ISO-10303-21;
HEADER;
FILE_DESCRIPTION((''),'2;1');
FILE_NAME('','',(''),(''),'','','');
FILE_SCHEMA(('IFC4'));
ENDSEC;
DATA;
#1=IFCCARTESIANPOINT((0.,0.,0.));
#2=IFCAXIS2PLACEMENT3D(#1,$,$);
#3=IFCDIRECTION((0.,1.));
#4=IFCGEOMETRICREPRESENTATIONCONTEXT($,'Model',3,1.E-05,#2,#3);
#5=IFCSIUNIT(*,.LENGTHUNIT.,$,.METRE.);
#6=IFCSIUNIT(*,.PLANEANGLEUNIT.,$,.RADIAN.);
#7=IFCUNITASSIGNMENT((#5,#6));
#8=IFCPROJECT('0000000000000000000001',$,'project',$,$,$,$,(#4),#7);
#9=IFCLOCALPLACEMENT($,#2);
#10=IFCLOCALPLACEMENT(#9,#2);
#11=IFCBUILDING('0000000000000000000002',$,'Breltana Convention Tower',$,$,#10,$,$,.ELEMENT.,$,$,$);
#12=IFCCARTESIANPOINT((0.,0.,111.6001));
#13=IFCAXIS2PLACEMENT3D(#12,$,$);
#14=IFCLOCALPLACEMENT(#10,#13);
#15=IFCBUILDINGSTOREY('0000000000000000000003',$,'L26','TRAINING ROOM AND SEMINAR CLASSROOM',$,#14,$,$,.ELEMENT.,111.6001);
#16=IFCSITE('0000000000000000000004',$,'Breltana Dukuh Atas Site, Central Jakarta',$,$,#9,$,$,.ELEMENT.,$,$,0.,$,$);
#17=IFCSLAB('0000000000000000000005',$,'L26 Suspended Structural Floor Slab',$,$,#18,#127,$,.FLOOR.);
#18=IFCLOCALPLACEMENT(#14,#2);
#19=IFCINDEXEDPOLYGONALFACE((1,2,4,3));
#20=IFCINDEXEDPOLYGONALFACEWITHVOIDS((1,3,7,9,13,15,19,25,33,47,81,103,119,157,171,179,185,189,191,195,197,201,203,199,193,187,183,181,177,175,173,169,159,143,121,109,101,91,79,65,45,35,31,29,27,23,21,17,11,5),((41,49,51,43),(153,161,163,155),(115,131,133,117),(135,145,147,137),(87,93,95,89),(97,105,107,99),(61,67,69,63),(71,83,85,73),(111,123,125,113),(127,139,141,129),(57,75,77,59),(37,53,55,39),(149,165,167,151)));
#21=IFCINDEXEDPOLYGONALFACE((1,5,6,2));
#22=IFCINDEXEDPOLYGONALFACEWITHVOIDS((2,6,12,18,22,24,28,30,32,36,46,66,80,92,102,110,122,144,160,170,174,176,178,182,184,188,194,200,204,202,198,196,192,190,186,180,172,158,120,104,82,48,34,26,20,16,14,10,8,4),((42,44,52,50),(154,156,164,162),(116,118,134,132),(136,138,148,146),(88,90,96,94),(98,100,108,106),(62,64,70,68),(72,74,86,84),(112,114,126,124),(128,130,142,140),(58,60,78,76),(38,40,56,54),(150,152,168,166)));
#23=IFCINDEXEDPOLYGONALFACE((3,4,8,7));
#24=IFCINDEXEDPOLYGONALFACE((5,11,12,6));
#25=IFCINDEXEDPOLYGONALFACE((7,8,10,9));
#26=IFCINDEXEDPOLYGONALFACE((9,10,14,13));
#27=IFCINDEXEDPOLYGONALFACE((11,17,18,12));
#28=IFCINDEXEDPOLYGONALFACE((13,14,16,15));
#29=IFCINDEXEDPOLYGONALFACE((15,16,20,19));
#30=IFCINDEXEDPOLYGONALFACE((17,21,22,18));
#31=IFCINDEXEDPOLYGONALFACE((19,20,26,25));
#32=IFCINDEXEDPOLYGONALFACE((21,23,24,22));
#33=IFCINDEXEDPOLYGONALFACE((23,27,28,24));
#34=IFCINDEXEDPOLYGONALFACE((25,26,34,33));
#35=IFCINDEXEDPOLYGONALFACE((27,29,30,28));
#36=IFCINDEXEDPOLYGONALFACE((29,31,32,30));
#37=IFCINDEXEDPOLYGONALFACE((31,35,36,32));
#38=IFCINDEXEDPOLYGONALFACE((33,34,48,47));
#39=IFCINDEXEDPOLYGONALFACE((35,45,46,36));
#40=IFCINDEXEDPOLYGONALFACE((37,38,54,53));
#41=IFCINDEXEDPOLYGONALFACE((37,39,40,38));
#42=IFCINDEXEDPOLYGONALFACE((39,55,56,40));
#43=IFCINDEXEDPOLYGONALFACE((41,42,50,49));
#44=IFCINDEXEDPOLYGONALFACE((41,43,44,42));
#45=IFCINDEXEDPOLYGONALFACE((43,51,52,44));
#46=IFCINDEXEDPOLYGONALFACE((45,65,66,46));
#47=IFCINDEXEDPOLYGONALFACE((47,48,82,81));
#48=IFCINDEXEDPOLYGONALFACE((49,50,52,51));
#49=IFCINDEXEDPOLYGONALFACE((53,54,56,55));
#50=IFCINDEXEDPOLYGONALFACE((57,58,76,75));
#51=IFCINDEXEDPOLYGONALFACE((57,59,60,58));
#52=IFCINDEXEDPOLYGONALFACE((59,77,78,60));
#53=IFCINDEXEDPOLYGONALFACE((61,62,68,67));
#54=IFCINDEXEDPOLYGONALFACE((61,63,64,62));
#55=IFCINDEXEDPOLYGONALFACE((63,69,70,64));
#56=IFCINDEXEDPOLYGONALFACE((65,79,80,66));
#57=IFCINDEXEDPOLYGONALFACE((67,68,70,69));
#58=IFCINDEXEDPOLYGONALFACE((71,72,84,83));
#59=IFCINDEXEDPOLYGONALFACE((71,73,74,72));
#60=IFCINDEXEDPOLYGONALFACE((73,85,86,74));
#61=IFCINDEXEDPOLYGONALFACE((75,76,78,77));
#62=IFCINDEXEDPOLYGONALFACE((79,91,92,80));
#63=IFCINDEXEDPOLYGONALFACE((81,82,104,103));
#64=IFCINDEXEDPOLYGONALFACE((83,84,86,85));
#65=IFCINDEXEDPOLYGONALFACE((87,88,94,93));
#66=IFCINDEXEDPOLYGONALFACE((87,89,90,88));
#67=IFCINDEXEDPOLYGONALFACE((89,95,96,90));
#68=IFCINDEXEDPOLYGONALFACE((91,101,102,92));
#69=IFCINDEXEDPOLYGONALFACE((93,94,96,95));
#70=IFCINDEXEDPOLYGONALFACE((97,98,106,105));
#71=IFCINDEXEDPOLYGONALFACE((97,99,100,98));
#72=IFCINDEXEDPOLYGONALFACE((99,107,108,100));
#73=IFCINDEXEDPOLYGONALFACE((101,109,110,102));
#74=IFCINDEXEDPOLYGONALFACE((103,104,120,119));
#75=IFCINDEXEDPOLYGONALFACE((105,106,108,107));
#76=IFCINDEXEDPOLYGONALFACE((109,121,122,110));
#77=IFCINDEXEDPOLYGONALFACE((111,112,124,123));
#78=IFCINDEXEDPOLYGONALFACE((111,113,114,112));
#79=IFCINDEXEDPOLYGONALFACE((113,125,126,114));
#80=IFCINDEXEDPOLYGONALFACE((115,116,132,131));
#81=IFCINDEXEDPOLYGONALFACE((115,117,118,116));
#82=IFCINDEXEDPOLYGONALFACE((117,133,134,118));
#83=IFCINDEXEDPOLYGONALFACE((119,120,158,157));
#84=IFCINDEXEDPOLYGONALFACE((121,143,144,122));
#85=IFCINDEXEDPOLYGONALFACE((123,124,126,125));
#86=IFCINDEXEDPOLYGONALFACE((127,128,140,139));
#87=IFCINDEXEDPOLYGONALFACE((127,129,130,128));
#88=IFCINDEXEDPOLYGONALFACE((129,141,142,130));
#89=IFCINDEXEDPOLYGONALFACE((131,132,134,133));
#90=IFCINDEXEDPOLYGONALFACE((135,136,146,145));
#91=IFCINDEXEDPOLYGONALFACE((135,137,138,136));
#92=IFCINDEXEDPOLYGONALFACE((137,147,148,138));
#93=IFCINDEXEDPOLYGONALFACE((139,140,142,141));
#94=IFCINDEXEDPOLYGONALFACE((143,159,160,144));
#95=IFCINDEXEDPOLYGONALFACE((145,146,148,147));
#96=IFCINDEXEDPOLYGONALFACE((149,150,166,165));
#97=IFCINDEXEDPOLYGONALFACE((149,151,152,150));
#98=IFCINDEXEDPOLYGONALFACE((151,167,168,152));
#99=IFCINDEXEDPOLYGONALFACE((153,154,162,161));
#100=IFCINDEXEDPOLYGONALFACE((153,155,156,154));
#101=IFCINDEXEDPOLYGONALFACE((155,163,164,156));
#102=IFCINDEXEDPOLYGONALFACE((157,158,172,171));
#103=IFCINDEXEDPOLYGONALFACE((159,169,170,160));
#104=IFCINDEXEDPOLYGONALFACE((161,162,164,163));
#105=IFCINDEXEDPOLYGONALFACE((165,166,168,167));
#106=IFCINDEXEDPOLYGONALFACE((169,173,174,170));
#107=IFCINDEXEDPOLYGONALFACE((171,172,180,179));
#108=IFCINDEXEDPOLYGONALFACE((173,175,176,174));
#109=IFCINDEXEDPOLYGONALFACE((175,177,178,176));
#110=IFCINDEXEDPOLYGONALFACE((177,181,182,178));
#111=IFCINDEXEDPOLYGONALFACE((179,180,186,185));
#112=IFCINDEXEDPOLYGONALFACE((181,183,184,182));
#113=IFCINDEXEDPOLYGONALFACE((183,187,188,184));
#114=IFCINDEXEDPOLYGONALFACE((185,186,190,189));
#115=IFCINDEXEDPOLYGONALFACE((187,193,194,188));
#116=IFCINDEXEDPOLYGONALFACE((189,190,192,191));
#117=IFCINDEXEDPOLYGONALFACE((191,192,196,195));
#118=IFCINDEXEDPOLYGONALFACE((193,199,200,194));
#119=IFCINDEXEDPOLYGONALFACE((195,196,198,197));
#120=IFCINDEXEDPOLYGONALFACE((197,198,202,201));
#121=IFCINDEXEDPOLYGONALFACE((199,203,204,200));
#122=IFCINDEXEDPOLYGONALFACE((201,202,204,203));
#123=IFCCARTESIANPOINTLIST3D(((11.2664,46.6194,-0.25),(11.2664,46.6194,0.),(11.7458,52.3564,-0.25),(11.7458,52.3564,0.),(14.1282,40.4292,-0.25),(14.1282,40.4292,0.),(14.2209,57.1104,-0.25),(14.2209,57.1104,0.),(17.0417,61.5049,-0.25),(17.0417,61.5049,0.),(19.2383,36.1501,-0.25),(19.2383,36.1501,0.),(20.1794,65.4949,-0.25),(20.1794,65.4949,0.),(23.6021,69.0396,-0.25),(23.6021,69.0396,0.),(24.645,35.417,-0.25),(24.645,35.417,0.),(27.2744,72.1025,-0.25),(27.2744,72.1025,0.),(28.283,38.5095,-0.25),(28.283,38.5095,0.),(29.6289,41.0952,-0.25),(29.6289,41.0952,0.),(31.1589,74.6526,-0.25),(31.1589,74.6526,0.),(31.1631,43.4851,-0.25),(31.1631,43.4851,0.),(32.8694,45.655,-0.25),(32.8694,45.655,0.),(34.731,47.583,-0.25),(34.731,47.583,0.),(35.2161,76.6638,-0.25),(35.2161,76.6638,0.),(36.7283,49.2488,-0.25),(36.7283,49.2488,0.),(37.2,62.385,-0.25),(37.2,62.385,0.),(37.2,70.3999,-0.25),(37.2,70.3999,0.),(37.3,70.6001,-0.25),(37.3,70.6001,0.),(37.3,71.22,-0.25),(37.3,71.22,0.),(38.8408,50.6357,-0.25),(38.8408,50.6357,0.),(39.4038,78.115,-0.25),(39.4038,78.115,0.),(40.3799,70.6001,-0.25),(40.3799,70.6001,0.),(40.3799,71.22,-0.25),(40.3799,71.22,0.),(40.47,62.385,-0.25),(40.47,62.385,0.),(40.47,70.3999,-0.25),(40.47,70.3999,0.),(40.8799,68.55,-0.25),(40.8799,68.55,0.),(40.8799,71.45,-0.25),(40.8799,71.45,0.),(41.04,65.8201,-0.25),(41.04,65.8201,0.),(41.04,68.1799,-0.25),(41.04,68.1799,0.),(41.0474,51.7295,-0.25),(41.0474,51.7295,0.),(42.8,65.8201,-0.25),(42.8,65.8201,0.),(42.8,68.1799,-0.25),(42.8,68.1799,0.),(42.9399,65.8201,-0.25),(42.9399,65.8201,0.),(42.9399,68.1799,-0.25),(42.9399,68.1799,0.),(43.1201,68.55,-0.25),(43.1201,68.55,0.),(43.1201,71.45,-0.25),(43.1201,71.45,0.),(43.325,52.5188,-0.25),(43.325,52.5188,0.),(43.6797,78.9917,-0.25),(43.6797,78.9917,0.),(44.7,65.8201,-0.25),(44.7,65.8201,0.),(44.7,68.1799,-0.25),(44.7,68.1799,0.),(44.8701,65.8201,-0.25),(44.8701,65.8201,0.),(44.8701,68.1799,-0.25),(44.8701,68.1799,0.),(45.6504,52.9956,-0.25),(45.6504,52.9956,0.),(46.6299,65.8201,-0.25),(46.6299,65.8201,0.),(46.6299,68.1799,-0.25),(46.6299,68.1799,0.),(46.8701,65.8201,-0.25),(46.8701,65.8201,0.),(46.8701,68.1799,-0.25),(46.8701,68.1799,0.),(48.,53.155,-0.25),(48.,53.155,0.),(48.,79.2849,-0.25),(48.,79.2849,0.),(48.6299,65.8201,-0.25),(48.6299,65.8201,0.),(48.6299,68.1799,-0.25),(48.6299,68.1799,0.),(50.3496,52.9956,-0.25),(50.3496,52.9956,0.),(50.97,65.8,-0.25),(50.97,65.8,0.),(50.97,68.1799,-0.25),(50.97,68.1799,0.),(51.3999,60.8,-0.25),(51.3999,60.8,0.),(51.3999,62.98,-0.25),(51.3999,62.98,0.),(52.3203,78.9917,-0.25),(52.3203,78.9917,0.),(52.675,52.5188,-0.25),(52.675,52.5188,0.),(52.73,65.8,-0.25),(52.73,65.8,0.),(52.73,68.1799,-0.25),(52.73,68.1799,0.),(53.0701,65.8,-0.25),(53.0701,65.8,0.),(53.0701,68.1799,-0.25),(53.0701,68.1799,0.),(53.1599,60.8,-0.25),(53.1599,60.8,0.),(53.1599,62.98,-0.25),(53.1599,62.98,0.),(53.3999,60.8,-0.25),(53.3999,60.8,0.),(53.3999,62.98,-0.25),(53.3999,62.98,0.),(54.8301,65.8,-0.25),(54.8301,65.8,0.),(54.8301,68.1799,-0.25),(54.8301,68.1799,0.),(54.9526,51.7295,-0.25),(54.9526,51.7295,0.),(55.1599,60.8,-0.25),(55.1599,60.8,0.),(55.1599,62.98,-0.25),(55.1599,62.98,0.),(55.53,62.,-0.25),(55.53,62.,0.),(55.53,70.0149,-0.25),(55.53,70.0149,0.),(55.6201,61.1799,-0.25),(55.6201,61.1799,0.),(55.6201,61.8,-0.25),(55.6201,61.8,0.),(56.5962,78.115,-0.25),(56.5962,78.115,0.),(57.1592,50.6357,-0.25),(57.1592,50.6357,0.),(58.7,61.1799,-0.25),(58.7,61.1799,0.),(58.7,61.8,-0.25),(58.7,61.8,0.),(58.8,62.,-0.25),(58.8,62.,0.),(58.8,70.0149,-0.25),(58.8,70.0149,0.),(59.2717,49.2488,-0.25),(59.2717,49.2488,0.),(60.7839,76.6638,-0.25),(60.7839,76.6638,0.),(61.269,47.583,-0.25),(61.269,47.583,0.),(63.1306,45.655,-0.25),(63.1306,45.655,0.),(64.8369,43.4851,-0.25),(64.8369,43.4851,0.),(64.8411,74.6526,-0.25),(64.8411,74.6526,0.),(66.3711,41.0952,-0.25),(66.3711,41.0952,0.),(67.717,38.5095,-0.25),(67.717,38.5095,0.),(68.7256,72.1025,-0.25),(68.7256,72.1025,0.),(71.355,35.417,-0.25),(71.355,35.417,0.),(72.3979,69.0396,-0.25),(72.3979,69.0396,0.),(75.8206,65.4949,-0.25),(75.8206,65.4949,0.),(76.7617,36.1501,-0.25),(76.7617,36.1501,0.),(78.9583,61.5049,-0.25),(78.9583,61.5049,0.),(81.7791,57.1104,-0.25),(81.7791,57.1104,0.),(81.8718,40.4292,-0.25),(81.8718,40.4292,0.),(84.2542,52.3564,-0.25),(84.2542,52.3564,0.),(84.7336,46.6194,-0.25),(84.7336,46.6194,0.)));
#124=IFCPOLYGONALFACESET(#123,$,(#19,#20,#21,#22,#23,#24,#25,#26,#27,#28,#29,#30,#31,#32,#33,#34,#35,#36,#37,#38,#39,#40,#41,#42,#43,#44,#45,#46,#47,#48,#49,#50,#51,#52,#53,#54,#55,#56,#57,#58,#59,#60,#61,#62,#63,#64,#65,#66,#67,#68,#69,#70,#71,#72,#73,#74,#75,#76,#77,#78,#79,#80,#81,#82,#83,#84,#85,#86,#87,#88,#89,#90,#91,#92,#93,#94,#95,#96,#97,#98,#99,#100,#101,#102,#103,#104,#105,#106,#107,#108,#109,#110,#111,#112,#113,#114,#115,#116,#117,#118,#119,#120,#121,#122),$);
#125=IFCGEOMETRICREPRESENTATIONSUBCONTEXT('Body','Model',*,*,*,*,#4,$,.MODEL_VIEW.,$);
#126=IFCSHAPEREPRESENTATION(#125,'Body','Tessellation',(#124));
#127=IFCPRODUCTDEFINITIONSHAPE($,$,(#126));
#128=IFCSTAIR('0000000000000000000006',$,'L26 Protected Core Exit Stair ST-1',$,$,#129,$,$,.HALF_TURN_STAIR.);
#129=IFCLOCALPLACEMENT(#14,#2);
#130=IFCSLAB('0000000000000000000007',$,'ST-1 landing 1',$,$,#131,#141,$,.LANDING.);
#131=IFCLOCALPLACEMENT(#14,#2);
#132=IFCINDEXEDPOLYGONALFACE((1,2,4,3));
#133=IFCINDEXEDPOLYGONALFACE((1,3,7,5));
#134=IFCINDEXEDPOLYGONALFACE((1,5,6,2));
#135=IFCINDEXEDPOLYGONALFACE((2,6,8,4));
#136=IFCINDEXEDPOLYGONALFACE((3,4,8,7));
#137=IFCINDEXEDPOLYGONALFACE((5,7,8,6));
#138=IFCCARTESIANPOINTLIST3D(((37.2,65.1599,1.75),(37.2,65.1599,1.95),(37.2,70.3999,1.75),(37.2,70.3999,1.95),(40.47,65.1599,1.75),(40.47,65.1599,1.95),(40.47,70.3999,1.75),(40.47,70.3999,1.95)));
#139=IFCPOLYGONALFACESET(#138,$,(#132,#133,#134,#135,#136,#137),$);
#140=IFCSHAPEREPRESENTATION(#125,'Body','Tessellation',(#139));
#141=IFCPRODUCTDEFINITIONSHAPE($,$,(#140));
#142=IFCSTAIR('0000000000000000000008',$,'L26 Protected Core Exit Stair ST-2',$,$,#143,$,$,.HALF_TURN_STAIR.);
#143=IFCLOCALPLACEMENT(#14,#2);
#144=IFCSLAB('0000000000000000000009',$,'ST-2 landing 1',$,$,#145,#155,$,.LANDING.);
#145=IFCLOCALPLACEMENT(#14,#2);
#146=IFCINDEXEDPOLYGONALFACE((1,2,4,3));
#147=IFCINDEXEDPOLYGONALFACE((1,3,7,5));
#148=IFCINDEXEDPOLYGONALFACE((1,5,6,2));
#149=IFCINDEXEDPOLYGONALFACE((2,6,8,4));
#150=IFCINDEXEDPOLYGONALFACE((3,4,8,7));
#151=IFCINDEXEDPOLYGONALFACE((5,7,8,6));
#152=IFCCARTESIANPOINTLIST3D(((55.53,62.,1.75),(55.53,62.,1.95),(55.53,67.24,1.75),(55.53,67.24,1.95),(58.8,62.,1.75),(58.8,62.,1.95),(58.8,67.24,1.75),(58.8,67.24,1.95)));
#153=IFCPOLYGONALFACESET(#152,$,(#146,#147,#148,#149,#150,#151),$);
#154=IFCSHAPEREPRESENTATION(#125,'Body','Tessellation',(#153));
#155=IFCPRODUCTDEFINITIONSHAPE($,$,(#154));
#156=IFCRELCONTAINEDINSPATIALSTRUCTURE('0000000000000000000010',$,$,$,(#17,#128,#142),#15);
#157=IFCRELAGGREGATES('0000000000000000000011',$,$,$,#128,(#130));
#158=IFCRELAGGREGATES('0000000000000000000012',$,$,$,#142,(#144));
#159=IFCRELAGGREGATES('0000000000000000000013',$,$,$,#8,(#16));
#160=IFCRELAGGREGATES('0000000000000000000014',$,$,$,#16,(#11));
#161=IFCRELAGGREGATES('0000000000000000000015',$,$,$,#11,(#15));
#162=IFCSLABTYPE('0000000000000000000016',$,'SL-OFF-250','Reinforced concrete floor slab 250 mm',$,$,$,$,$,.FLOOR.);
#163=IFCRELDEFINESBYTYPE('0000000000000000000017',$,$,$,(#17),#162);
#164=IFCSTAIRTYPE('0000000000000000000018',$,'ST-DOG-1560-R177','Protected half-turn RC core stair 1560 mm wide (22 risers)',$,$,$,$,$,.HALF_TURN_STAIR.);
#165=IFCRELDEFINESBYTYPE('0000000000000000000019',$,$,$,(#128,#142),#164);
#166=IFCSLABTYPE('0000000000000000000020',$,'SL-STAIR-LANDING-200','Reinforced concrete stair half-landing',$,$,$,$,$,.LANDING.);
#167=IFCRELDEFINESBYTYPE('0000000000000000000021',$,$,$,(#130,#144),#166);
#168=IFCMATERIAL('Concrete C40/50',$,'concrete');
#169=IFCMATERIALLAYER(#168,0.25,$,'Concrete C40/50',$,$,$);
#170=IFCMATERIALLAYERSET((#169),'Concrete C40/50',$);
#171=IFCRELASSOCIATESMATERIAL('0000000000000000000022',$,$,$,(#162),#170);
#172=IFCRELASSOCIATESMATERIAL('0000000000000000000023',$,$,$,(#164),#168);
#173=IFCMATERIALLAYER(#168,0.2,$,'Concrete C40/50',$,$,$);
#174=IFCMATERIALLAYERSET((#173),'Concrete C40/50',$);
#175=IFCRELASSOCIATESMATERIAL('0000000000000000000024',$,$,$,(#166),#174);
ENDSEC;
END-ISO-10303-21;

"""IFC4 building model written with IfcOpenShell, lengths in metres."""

from ifc_helpers import new_model, si_unit, direction, frame, origin, place, context, subcontext, project, spatial, polyline, outline, extrude, material, layer, layer_set, type_object, element, aggregate, save


model = new_model("IFC4")

# Units and contexts
model_context = context("Model", 3, precision=1e-05, world=origin(), true_north=direction((0.0, 1.0)))
body_context = subcontext(model_context, "Body", "Model", "MODEL_VIEW")
ifc_project = project(units=[si_unit("LENGTHUNIT", "METRE"), si_unit("PLANEANGLEUNIT", "RADIAN")], contexts=[model_context])

# Site, building, storey
site_placement = place(None, origin())
site = spatial("IfcSite", under=ifc_project, at=site_placement, Name="Breltana Dukuh Atas Site, Central Jakarta", CompositionType="ELEMENT", RefElevation=0.0)
building_placement = place(site_placement, origin())
building = spatial("IfcBuilding", under=site, at=building_placement, Name="Breltana Convention Tower", CompositionType="ELEMENT")
storey_placement = place(building_placement, frame((0.0, 0.0, 111.6001)))
storey = spatial("IfcBuildingStorey", under=building, at=storey_placement, Name="L26", Description="TRAINING ROOM AND SEMINAR CLASSROOM", CompositionType="ELEMENT", Elevation=111.6001)

# Slab
ifc_material_1 = material(Name="Concrete C40/50", Category="concrete")
ifc_layer_1 = layer(ifc_material_1, 0.25, Name="Concrete C40/50")
ifc_layer_set_1 = layer_set([ifc_layer_1], Name="Concrete C40/50")
slab_type_1 = type_object("IfcSlabType", Name="SL-OFF-250", Description="Reinforced concrete floor slab 250 mm", PredefinedType="FLOOR", material=ifc_layer_set_1)
slab_1_placement = place(storey_placement, frame((0.0, 0.0, -0.25)))
element("IfcSlab", 1, at=slab_1_placement, inside=storey, type_object=slab_type_1, Name="L26 Suspended Structural Floor Slab", PredefinedType="FLOOR", context=body_context, shape_type="SweptSolid", body=[
    extrude(outline(polyline([(84.2542, 52.3564), (81.7791, 57.1104), (78.9583, 61.5049), (75.8206, 65.4949), (72.3979, 69.0396), (68.7256, 72.1025), (64.8411, 74.6526), (60.7839, 76.6638), (56.5962, 78.115), (52.3203, 78.9917), (48.0, 79.2849), (43.6797, 78.9917), (39.4038, 78.115), (35.2161, 76.6638), (31.1589, 74.6526), (27.2744, 72.1025), (23.6021, 69.0396), (20.1794, 65.4949), (17.0417, 61.5049), (14.2209, 57.1104), (11.7458, 52.3564), (11.2664, 46.6194), (14.1282, 40.4292), (19.2383, 36.1501), (24.645, 35.417), (28.283, 38.5095), (29.6289, 41.0952), (31.1631, 43.4851), (32.8694, 45.655), (34.731, 47.583), (36.7283, 49.2488), (38.8408, 50.6357), (41.0474, 51.7295), (43.325, 52.5188), (45.6504, 52.9956), (48.0, 53.155), (50.3496, 52.9956), (52.675, 52.5188), (54.9526, 51.7295), (57.1592, 50.6357), (59.2717, 49.2488), (61.269, 47.583), (63.1306, 45.655), (64.8369, 43.4851), (66.3711, 41.0952), (67.717, 38.5095), (71.355, 35.417), (76.7617, 36.1501), (81.8718, 40.4292), (84.7336, 46.6194), (84.2542, 52.3564)]), holes=[polyline([(37.2, 62.385), (40.47, 62.385), (40.47, 70.3999), (37.2, 70.3999), (37.2, 62.385)]), polyline([(55.53, 62.0), (58.8, 62.0), (58.8, 70.0149), (55.53, 70.0149), (55.53, 62.0)]), polyline([(51.3999, 60.8), (53.1599, 60.8), (53.1599, 62.98), (51.3999, 62.98), (51.3999, 60.8)]), polyline([(53.3999, 60.8), (55.1599, 60.8), (55.1599, 62.98), (53.3999, 62.98), (53.3999, 60.8)]), polyline([(41.04, 65.8201), (42.8, 65.8201), (42.8, 68.1799), (41.04, 68.1799), (41.04, 65.8201)]), polyline([(42.9399, 65.8201), (44.7, 65.8201), (44.7, 68.1799), (42.9399, 68.1799), (42.9399, 65.8201)]), polyline([(44.8701, 65.8201), (46.6299, 65.8201), (46.6299, 68.1799), (44.8701, 68.1799), (44.8701, 65.8201)]), polyline([(46.8701, 65.8201), (48.6299, 65.8201), (48.6299, 68.1799), (46.8701, 68.1799), (46.8701, 65.8201)]), polyline([(50.97, 65.8), (52.73, 65.8), (52.73, 68.1799), (50.97, 68.1799), (50.97, 65.8)]), polyline([(53.0701, 65.8), (54.8301, 65.8), (54.8301, 68.1799), (53.0701, 68.1799), (53.0701, 65.8)]), polyline([(40.8799, 68.55), (43.1201, 68.55), (43.1201, 71.45), (40.8799, 71.45), (40.8799, 68.55)]), polyline([(37.3, 70.6001), (40.3799, 70.6001), (40.3799, 71.22), (37.3, 71.22), (37.3, 70.6001)]), polyline([(55.6201, 61.1799), (58.7, 61.1799), (58.7, 61.8), (55.6201, 61.8), (55.6201, 61.1799)])]), origin(), (0.0, 0.0, 1.0), 0.25),
])

# Stairs, slabs
stair_type = type_object("IfcStairType", Name="ST-DOG-1560-R177", Description="Protected half-turn RC core stair 1560 mm wide (22 risers)", PredefinedType="HALF_TURN_STAIR", material=ifc_material_1)
stair_1_placement = place(storey_placement, origin())
stair_1 = element("IfcStair", 2, at=stair_1_placement, inside=storey, type_object=stair_type, Name="L26 Protected Core Exit Stair ST-1", PredefinedType="HALF_TURN_STAIR")
ifc_layer_2 = layer(ifc_material_1, 0.2, Name="Concrete C40/50")
ifc_layer_set_2 = layer_set([ifc_layer_2], Name="Concrete C40/50")
slab_type_2 = type_object("IfcSlabType", Name="SL-STAIR-LANDING-200", Description="Reinforced concrete stair half-landing", PredefinedType="LANDING", material=ifc_layer_set_2)
slab_2_placement = place(storey_placement, frame((0.0, 0.0, 1.75)))
slab_2 = element("IfcSlab", 3, at=slab_2_placement, type_object=slab_type_2, Name="ST-1 landing 1", PredefinedType="LANDING", context=body_context, shape_type="SweptSolid", body=[
    extrude(outline(polyline([(40.47, 65.1599), (40.47, 70.3999), (37.2, 70.3999), (37.2, 65.1599), (40.47, 65.1599)])), origin(), (0.0, 0.0, 1.0), 0.2),
])
aggregate(stair_1, [slab_2])
stair_2_placement = place(storey_placement, origin())
stair_2 = element("IfcStair", 4, at=stair_2_placement, inside=storey, type_object=stair_type, Name="L26 Protected Core Exit Stair ST-2", PredefinedType="HALF_TURN_STAIR")
slab_3_placement = place(storey_placement, frame((0.0, 0.0, 1.75)))
slab_3 = element("IfcSlab", 5, at=slab_3_placement, type_object=slab_type_2, Name="ST-2 landing 1", PredefinedType="LANDING", context=body_context, shape_type="SweptSolid", body=[
    extrude(outline(polyline([(55.53, 67.24), (55.53, 62.0), (58.8, 62.0), (58.8, 67.24), (55.53, 67.24)])), origin(), (0.0, 0.0, 1.0), 0.2),
])
aggregate(stair_2, [slab_3])

save(model, "model.ifc")
